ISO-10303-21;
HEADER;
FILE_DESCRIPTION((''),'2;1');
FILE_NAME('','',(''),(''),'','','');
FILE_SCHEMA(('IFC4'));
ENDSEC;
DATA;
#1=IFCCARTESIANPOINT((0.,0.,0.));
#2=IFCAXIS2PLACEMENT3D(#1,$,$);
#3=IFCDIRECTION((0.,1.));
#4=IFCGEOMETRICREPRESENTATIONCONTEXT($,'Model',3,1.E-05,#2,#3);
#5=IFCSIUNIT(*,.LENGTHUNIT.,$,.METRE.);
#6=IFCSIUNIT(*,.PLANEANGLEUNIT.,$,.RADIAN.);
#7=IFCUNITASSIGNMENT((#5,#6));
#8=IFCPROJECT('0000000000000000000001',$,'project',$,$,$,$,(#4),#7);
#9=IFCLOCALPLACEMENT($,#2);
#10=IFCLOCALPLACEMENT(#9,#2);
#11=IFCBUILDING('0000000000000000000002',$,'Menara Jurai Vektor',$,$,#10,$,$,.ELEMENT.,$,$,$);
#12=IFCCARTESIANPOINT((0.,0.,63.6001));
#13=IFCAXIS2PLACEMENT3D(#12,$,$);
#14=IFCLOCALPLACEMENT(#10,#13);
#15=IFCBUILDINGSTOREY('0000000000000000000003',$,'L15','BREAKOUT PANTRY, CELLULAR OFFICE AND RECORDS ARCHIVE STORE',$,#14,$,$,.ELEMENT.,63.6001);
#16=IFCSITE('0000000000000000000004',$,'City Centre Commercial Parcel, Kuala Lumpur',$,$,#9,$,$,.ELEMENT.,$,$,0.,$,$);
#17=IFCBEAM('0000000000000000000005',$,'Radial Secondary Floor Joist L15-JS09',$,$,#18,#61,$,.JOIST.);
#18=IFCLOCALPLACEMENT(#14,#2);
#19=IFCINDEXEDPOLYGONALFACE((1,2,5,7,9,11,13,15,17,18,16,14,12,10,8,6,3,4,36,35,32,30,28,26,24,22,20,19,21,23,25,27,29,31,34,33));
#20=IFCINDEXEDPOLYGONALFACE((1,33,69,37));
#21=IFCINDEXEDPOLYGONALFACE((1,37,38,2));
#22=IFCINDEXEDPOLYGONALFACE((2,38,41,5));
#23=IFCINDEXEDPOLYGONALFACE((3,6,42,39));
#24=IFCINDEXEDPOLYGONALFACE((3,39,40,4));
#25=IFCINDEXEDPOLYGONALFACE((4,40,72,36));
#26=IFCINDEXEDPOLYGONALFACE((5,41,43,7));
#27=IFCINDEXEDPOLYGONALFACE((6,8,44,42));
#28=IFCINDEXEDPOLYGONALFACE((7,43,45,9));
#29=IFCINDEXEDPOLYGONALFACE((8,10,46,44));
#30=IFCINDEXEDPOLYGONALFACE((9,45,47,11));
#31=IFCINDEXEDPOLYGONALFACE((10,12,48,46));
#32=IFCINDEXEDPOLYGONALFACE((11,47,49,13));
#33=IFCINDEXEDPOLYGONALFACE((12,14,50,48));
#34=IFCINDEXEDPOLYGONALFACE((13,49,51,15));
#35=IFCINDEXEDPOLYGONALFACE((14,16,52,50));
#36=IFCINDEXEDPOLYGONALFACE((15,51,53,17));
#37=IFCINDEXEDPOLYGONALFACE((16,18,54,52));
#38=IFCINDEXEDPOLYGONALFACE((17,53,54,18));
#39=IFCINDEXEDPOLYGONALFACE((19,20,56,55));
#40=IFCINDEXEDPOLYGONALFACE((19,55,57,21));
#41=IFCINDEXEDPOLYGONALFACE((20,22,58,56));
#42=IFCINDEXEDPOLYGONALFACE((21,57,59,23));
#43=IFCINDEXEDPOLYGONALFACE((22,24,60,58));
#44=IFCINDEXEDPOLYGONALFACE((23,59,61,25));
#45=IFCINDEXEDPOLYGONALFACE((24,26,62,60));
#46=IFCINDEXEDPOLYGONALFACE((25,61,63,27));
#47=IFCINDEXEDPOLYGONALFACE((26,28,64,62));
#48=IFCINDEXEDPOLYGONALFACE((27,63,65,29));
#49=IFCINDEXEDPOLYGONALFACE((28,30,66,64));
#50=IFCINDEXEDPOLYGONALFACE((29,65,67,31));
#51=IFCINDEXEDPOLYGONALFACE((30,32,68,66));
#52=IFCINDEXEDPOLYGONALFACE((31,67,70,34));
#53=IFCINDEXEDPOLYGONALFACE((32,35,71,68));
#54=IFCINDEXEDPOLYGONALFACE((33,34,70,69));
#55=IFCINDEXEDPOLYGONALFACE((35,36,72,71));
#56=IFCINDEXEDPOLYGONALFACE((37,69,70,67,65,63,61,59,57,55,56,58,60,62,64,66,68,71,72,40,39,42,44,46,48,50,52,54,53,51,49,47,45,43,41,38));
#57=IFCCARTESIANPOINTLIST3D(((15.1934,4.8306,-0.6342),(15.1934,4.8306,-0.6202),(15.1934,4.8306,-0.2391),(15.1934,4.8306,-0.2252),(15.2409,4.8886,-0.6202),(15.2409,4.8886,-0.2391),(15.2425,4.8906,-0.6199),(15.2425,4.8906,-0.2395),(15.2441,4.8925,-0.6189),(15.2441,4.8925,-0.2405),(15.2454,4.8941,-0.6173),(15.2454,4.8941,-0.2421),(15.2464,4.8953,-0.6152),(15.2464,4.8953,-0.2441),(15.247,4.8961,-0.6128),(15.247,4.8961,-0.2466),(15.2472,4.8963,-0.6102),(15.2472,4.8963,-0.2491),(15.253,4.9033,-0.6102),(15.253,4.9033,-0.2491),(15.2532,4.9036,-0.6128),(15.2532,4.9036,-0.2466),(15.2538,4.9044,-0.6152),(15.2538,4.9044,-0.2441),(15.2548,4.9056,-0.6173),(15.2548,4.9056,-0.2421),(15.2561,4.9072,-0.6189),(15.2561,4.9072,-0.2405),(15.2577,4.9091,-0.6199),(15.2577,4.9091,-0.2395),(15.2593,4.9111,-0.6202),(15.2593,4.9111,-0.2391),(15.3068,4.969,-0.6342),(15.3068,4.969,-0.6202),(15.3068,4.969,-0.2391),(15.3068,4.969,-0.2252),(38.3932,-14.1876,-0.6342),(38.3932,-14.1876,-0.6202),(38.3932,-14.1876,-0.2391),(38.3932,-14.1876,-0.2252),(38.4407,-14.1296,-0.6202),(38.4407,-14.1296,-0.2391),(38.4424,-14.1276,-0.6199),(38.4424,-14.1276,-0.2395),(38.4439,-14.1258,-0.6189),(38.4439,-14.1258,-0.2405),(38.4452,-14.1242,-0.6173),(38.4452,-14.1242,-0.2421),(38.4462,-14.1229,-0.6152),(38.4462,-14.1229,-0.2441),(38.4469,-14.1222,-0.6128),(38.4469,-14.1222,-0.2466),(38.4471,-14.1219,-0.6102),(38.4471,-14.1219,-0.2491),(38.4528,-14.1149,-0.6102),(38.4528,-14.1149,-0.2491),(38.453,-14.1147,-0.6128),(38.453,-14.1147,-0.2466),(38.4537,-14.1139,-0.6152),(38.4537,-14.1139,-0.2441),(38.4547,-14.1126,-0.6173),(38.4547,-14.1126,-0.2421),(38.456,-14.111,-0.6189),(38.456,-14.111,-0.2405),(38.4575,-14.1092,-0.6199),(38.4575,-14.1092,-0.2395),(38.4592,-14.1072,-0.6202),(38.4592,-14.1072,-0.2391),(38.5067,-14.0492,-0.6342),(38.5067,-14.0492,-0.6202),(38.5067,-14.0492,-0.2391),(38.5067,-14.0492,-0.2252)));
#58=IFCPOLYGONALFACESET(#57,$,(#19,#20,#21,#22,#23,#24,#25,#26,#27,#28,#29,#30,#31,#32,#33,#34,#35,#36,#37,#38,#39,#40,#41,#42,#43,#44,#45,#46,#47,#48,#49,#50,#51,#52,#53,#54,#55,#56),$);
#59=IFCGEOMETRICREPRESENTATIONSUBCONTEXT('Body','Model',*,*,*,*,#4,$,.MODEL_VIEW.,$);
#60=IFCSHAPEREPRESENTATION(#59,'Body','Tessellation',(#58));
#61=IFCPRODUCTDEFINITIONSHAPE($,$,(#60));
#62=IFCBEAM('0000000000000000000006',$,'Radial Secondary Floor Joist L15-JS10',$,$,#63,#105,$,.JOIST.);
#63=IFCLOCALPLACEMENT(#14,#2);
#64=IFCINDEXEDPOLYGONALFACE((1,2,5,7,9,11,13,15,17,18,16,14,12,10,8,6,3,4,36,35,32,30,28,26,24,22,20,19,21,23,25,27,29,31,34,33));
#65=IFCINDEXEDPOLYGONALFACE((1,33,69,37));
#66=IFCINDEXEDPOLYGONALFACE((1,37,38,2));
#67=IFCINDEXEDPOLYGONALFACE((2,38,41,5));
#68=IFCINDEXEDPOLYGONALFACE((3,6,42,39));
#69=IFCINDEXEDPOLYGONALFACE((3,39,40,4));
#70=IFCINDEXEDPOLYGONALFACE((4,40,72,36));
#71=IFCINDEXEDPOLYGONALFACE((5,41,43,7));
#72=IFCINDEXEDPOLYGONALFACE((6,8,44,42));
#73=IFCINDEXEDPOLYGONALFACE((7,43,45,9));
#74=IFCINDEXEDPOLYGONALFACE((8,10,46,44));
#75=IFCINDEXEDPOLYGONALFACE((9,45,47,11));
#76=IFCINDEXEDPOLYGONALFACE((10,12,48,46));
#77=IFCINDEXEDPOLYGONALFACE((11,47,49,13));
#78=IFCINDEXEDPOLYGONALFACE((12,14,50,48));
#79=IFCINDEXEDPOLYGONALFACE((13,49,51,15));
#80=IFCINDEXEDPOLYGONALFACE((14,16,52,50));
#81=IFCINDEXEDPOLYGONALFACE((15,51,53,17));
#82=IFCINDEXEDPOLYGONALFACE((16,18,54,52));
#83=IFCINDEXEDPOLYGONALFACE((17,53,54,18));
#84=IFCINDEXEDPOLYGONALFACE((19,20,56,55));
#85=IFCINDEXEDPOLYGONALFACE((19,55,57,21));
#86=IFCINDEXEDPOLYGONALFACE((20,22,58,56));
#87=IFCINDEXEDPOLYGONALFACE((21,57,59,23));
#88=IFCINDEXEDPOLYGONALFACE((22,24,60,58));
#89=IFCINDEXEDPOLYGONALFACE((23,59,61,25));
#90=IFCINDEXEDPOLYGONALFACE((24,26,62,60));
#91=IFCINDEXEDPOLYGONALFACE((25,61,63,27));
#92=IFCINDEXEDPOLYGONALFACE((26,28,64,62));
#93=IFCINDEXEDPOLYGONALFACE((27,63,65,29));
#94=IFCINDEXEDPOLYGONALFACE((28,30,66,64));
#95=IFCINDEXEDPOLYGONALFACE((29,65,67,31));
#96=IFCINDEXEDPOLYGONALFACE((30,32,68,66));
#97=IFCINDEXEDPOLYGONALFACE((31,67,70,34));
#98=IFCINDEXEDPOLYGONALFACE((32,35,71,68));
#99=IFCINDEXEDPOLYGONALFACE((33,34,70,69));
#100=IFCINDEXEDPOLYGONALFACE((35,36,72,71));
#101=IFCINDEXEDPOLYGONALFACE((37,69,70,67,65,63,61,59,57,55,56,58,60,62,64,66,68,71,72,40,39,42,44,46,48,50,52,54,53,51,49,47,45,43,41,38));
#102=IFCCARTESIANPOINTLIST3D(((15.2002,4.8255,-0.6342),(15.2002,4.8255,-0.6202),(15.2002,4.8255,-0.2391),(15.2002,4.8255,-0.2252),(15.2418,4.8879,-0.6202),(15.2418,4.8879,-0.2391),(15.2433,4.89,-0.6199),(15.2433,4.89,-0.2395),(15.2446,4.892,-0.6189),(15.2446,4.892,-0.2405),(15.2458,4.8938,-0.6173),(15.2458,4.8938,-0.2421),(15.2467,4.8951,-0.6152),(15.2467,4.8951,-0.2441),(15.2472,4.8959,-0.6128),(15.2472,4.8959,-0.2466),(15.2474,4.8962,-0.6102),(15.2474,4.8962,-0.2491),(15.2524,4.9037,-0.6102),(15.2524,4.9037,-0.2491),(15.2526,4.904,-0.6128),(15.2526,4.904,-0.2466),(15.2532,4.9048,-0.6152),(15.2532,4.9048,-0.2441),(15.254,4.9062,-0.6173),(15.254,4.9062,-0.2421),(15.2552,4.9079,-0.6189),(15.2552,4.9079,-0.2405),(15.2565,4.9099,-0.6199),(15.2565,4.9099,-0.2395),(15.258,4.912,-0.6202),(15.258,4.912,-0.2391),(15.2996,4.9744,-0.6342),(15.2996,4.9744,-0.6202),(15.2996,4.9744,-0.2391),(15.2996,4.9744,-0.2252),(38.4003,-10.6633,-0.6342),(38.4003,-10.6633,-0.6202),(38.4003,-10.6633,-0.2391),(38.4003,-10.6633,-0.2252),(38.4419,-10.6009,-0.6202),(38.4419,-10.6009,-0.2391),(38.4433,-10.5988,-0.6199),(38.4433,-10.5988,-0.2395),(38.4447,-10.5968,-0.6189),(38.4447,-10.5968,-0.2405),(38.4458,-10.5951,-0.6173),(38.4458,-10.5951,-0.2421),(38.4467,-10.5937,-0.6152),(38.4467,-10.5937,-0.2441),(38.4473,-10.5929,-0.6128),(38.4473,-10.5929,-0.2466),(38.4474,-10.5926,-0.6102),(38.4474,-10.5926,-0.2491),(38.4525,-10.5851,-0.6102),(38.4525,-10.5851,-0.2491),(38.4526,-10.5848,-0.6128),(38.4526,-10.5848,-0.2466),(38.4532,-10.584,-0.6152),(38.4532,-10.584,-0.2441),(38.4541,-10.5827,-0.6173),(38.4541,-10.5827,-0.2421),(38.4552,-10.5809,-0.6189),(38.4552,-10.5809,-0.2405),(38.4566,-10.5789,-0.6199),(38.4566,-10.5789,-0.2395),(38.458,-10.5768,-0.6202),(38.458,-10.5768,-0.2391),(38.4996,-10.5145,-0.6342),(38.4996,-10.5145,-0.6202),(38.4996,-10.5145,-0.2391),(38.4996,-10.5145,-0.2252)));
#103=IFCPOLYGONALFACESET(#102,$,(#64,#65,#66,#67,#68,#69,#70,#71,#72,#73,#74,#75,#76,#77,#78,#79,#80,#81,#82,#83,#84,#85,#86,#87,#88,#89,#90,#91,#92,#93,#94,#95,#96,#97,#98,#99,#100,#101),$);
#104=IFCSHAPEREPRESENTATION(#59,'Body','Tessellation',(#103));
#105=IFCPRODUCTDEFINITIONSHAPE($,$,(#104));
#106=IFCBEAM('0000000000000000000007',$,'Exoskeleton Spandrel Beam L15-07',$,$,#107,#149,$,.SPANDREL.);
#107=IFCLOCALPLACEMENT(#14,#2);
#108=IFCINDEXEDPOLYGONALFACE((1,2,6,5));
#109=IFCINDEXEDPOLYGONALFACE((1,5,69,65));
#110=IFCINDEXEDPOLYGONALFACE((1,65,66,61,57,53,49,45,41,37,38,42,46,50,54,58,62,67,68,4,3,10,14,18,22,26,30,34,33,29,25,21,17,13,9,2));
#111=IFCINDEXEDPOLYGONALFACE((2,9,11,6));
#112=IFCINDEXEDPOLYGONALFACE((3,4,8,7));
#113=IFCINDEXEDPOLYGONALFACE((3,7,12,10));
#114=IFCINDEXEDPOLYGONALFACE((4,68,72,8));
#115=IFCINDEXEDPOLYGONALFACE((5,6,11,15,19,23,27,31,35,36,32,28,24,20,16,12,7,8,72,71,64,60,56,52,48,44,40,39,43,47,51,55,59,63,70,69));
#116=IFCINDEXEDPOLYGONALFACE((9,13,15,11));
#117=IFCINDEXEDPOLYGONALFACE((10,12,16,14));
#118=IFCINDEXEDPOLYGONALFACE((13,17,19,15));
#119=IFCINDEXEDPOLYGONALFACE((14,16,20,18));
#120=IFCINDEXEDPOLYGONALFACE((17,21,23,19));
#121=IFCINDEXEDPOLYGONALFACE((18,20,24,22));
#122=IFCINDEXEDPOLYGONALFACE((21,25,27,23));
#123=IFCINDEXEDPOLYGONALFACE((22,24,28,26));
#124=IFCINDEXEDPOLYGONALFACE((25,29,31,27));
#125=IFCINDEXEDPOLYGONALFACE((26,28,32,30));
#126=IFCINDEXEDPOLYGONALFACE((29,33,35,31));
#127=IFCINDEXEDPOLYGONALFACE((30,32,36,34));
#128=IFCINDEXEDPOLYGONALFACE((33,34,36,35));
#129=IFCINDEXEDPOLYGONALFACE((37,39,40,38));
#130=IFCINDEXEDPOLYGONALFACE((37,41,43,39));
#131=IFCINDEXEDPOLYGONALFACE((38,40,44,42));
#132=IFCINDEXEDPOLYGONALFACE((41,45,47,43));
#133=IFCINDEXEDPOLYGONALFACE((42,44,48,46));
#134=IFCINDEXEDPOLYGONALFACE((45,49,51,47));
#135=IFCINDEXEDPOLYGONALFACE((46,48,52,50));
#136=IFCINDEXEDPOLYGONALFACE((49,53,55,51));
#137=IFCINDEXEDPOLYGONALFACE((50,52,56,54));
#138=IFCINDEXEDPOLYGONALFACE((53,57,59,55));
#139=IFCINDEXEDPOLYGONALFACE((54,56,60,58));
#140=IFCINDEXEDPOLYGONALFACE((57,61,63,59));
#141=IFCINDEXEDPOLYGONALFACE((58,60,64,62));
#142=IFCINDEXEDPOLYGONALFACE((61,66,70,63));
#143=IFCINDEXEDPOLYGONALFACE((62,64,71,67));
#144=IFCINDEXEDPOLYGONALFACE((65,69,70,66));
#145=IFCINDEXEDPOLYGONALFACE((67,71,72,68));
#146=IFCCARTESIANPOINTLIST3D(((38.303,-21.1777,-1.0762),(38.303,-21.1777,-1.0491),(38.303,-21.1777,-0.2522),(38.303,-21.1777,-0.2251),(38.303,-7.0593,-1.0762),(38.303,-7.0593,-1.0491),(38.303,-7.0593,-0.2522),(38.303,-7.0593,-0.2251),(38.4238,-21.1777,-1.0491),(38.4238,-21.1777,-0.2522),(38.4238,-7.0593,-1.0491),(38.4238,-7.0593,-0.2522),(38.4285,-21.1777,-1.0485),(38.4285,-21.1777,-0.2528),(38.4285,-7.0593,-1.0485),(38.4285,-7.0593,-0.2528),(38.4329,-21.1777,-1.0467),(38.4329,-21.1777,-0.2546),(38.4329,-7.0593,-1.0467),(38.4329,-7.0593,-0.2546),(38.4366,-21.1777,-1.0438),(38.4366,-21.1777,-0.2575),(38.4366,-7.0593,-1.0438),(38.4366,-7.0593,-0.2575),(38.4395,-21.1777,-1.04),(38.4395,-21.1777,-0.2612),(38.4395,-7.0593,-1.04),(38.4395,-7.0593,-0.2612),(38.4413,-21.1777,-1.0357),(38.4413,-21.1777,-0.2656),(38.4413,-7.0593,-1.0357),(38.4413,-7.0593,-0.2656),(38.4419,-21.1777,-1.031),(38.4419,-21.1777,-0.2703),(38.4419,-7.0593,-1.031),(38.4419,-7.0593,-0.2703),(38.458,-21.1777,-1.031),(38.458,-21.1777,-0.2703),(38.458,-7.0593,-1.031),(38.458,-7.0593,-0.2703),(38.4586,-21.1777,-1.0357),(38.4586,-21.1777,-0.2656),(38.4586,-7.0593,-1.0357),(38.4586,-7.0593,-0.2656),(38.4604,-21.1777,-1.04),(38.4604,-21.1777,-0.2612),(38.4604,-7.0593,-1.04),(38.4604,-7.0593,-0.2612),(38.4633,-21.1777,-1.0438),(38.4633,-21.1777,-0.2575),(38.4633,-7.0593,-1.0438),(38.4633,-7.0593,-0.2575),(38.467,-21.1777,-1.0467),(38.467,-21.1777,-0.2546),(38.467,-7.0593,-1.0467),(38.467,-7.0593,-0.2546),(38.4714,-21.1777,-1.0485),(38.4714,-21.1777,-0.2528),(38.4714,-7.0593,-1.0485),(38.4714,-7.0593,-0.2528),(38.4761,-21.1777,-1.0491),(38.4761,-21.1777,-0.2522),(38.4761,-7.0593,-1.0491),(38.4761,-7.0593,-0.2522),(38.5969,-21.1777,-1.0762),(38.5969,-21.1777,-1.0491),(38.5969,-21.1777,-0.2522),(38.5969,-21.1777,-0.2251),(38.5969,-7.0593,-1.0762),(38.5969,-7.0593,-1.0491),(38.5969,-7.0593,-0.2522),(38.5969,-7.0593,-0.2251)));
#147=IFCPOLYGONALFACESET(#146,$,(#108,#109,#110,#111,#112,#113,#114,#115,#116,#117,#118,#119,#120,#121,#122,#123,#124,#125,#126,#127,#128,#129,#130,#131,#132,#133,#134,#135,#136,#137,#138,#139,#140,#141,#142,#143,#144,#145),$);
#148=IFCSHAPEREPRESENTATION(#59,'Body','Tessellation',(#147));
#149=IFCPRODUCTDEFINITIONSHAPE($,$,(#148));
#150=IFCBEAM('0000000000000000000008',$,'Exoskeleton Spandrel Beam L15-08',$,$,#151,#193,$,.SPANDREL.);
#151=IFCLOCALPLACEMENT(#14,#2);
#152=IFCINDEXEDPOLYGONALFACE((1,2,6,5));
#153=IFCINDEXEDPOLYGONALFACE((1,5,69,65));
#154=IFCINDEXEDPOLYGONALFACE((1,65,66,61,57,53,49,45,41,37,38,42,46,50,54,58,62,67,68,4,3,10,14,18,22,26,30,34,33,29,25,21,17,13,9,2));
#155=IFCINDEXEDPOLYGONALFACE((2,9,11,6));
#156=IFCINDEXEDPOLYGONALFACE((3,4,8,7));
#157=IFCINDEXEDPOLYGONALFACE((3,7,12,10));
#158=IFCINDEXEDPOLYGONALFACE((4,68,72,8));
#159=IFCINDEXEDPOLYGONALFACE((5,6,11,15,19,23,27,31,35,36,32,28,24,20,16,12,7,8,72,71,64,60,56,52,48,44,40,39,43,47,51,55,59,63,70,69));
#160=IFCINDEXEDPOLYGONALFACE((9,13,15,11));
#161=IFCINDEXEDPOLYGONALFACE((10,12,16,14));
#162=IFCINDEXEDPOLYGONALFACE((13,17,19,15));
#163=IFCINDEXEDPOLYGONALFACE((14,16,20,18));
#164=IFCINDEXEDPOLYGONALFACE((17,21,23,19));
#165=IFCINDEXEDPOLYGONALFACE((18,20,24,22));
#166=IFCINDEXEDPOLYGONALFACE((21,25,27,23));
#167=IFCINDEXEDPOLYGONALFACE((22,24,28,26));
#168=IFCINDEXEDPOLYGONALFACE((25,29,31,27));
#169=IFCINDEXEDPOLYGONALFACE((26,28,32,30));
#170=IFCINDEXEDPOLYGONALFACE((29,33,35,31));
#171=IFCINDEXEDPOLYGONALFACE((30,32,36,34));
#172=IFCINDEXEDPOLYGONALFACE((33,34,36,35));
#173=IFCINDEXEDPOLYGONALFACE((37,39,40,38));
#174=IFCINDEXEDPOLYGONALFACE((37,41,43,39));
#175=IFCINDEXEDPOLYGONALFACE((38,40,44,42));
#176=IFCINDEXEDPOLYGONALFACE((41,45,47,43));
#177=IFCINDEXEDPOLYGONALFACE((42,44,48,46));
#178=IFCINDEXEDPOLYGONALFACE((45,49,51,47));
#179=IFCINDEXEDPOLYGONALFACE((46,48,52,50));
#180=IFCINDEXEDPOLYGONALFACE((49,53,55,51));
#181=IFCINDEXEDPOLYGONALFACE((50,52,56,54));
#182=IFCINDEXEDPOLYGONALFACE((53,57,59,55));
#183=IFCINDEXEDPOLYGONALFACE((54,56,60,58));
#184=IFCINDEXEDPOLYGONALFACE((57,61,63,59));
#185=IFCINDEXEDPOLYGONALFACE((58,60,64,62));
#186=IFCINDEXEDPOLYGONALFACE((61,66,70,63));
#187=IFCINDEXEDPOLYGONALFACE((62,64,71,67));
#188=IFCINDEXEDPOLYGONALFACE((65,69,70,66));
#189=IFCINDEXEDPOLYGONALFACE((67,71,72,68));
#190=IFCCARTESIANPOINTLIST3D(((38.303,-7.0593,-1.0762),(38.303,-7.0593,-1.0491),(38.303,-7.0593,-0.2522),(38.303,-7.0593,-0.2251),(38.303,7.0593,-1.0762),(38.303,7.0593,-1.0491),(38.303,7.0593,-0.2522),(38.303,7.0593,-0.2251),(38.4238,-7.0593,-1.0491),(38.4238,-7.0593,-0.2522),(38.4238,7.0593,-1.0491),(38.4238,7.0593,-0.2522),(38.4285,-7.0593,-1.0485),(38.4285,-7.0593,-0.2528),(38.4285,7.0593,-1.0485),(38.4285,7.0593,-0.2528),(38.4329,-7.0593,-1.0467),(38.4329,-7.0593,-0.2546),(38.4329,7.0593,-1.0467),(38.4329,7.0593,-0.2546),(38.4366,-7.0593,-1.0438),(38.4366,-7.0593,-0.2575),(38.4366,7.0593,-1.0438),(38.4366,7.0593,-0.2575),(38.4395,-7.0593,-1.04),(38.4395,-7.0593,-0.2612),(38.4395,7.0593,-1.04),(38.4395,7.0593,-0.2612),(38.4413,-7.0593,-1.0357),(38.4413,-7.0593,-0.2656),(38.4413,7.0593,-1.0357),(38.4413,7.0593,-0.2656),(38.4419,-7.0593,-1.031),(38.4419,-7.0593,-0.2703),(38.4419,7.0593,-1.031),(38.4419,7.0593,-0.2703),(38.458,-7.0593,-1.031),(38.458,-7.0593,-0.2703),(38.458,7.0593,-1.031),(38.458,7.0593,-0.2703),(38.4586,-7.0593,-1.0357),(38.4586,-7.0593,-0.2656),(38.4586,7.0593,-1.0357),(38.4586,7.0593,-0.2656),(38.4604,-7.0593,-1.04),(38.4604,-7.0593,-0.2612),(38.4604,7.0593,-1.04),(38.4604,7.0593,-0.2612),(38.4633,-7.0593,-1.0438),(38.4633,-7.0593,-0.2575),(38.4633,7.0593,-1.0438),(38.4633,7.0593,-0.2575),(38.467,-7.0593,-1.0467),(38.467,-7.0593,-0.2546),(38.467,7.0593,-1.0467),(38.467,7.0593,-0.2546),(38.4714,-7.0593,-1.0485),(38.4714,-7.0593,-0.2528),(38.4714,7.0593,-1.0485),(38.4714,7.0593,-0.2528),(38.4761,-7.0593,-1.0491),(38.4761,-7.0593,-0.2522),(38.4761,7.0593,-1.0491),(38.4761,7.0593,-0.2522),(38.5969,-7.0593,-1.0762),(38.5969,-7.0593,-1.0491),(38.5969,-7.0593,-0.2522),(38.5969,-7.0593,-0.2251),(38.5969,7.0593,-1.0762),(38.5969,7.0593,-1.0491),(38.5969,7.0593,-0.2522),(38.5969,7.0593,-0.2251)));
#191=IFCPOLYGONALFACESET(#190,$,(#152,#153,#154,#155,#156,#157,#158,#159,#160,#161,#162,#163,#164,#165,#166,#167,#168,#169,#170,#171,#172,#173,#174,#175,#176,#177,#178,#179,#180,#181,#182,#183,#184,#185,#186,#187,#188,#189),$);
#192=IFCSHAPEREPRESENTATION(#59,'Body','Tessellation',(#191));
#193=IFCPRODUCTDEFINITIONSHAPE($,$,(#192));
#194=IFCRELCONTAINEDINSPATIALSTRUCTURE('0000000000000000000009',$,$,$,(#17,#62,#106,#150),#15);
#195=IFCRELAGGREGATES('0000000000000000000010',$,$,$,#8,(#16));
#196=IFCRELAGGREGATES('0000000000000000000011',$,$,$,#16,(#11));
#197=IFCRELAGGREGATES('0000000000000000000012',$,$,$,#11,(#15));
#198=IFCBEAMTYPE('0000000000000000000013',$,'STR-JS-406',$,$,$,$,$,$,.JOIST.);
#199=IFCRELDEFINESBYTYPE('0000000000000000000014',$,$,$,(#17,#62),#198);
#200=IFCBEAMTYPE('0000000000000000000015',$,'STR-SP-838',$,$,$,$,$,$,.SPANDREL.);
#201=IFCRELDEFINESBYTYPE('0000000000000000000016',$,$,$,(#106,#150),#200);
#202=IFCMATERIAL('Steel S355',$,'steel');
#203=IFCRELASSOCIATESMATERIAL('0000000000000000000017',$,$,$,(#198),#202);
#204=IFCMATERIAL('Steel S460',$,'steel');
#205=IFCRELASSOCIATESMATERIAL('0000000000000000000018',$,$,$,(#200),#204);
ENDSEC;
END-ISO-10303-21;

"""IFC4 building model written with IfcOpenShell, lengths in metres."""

from ifc_helpers import new_model, si_unit, direction, frame, origin, origin_2d, place, context, subcontext, project, spatial, i_section, extrude, material, material_profile, profile_set, type_object, element, save


model = new_model("IFC4")

# Units and contexts
model_context = context("Model", 3, precision=1e-05, world=origin(), true_north=direction((0.0, 1.0)))
body_context = subcontext(model_context, "Body", "Model", "MODEL_VIEW")
ifc_project = project(units=[si_unit("LENGTHUNIT", "METRE"), si_unit("PLANEANGLEUNIT", "RADIAN")], contexts=[model_context])

# Site, building, storey
site_placement = place(None, origin())
site = spatial("IfcSite", under=ifc_project, at=site_placement, Name="City Centre Commercial Parcel, Kuala Lumpur", CompositionType="ELEMENT", RefElevation=0.0)
building_placement = place(site_placement, origin())
building = spatial("IfcBuilding", under=site, at=building_placement, Name="Menara Jurai Vektor", CompositionType="ELEMENT")
storey_placement = place(building_placement, frame((0.0, 0.0, 63.6001)))
storey = spatial("IfcBuildingStorey", under=building, at=storey_placement, Name="L15", Description="BREAKOUT PANTRY, CELLULAR OFFICE AND RECORDS ARCHIVE STORE", CompositionType="ELEMENT", Elevation=63.6001)

# Shared definitions
ifc_material_1 = material(Name="Steel S460", Category="steel")

# Beams
ifc_material_2 = material(Name="Steel S355", Category="steel")
ifc_material_profile_1 = material_profile(ifc_material_2, i_section(OverallWidth=0.179, OverallDepth=0.4089, WebThickness=0.009, FlangeThickness=0.0139, FilletRadius=0.01, at=origin_2d()), Name="UKB 406x178x67")
ifc_profile_set_1 = profile_set([ifc_material_profile_1], Name="Steel S355")
beam_type_1 = type_object("IfcBeamType", Name="STR-JS-406", PredefinedType="JOIST", material=ifc_profile_set_1)
beam_1_placement = place(storey_placement, frame((38.45, -14.1184, -0.4297), z_axis=(-0.77336, 0.633967, 0.0), x_axis=(-0.633967, -0.77336, 0.0)))
element("IfcBeam", 1, at=beam_1_placement, inside=storey, type_object=beam_type_1, Name="Radial Secondary Floor Joist L15-JS09", PredefinedType="JOIST", context=body_context, shape_type="SweptSolid", body=[
    extrude(i_section(OverallWidth=0.179, OverallDepth=0.4089, WebThickness=0.009, FlangeThickness=0.0139, FilletRadius=0.01, at=origin_2d()), origin(), (0.0, 0.0, 1.0), 29.9988),
])
beam_2_placement = place(storey_placement, frame((38.45, -10.5889, -0.4297), z_axis=(-0.831684, 0.555249, 0.0), x_axis=(-0.555249, -0.831684, 0.0)))
element("IfcBeam", 2, at=beam_2_placement, inside=storey, type_object=beam_type_1, Name="Radial Secondary Floor Joist L15-JS10", PredefinedType="JOIST", context=body_context, shape_type="SweptSolid", body=[
    extrude(i_section(OverallWidth=0.179, OverallDepth=0.4089, WebThickness=0.009, FlangeThickness=0.0139, FilletRadius=0.01, at=origin_2d()), origin(), (0.0, 0.0, 1.0), 27.8953),
])
ifc_material_profile_2 = material_profile(ifc_material_1, i_section(OverallWidth=0.2939, OverallDepth=0.8511, WebThickness=0.0161, FlangeThickness=0.0271, FilletRadius=0.0181, at=origin_2d()), Name="UKB 838x292x226")
ifc_profile_set_2 = profile_set([ifc_material_profile_2], Name="Steel S460")
beam_type_2 = type_object("IfcBeamType", Name="STR-SP-838", PredefinedType="SPANDREL", material=ifc_profile_set_2)
beam_3_placement = place(storey_placement, frame((38.45, -21.1777, -0.6506), z_axis=(0.0, 1.0, 0.0), x_axis=(-1.0, 0.0, 0.0)))
element("IfcBeam", 3, at=beam_3_placement, inside=storey, type_object=beam_type_2, Name="Exoskeleton Spandrel Beam L15-07", PredefinedType="SPANDREL", context=body_context, shape_type="SweptSolid", body=[
    extrude(i_section(OverallWidth=0.2939, OverallDepth=0.8511, WebThickness=0.0161, FlangeThickness=0.0271, FilletRadius=0.0181, at=origin_2d()), origin(), (0.0, 0.0, 1.0), 14.1184),
])
beam_4_placement = place(storey_placement, frame((38.45, -7.0593, -0.6506), z_axis=(0.0, 1.0, 0.0), x_axis=(-1.0, 0.0, 0.0)))
element("IfcBeam", 4, at=beam_4_placement, inside=storey, type_object=beam_type_2, Name="Exoskeleton Spandrel Beam L15-08", PredefinedType="SPANDREL", context=body_context, shape_type="SweptSolid", body=[
    extrude(i_section(OverallWidth=0.2939, OverallDepth=0.8511, WebThickness=0.0161, FlangeThickness=0.0271, FilletRadius=0.0181, at=origin_2d()), origin(), (0.0, 0.0, 1.0), 14.1187),
])

save(model, "model.ifc")
